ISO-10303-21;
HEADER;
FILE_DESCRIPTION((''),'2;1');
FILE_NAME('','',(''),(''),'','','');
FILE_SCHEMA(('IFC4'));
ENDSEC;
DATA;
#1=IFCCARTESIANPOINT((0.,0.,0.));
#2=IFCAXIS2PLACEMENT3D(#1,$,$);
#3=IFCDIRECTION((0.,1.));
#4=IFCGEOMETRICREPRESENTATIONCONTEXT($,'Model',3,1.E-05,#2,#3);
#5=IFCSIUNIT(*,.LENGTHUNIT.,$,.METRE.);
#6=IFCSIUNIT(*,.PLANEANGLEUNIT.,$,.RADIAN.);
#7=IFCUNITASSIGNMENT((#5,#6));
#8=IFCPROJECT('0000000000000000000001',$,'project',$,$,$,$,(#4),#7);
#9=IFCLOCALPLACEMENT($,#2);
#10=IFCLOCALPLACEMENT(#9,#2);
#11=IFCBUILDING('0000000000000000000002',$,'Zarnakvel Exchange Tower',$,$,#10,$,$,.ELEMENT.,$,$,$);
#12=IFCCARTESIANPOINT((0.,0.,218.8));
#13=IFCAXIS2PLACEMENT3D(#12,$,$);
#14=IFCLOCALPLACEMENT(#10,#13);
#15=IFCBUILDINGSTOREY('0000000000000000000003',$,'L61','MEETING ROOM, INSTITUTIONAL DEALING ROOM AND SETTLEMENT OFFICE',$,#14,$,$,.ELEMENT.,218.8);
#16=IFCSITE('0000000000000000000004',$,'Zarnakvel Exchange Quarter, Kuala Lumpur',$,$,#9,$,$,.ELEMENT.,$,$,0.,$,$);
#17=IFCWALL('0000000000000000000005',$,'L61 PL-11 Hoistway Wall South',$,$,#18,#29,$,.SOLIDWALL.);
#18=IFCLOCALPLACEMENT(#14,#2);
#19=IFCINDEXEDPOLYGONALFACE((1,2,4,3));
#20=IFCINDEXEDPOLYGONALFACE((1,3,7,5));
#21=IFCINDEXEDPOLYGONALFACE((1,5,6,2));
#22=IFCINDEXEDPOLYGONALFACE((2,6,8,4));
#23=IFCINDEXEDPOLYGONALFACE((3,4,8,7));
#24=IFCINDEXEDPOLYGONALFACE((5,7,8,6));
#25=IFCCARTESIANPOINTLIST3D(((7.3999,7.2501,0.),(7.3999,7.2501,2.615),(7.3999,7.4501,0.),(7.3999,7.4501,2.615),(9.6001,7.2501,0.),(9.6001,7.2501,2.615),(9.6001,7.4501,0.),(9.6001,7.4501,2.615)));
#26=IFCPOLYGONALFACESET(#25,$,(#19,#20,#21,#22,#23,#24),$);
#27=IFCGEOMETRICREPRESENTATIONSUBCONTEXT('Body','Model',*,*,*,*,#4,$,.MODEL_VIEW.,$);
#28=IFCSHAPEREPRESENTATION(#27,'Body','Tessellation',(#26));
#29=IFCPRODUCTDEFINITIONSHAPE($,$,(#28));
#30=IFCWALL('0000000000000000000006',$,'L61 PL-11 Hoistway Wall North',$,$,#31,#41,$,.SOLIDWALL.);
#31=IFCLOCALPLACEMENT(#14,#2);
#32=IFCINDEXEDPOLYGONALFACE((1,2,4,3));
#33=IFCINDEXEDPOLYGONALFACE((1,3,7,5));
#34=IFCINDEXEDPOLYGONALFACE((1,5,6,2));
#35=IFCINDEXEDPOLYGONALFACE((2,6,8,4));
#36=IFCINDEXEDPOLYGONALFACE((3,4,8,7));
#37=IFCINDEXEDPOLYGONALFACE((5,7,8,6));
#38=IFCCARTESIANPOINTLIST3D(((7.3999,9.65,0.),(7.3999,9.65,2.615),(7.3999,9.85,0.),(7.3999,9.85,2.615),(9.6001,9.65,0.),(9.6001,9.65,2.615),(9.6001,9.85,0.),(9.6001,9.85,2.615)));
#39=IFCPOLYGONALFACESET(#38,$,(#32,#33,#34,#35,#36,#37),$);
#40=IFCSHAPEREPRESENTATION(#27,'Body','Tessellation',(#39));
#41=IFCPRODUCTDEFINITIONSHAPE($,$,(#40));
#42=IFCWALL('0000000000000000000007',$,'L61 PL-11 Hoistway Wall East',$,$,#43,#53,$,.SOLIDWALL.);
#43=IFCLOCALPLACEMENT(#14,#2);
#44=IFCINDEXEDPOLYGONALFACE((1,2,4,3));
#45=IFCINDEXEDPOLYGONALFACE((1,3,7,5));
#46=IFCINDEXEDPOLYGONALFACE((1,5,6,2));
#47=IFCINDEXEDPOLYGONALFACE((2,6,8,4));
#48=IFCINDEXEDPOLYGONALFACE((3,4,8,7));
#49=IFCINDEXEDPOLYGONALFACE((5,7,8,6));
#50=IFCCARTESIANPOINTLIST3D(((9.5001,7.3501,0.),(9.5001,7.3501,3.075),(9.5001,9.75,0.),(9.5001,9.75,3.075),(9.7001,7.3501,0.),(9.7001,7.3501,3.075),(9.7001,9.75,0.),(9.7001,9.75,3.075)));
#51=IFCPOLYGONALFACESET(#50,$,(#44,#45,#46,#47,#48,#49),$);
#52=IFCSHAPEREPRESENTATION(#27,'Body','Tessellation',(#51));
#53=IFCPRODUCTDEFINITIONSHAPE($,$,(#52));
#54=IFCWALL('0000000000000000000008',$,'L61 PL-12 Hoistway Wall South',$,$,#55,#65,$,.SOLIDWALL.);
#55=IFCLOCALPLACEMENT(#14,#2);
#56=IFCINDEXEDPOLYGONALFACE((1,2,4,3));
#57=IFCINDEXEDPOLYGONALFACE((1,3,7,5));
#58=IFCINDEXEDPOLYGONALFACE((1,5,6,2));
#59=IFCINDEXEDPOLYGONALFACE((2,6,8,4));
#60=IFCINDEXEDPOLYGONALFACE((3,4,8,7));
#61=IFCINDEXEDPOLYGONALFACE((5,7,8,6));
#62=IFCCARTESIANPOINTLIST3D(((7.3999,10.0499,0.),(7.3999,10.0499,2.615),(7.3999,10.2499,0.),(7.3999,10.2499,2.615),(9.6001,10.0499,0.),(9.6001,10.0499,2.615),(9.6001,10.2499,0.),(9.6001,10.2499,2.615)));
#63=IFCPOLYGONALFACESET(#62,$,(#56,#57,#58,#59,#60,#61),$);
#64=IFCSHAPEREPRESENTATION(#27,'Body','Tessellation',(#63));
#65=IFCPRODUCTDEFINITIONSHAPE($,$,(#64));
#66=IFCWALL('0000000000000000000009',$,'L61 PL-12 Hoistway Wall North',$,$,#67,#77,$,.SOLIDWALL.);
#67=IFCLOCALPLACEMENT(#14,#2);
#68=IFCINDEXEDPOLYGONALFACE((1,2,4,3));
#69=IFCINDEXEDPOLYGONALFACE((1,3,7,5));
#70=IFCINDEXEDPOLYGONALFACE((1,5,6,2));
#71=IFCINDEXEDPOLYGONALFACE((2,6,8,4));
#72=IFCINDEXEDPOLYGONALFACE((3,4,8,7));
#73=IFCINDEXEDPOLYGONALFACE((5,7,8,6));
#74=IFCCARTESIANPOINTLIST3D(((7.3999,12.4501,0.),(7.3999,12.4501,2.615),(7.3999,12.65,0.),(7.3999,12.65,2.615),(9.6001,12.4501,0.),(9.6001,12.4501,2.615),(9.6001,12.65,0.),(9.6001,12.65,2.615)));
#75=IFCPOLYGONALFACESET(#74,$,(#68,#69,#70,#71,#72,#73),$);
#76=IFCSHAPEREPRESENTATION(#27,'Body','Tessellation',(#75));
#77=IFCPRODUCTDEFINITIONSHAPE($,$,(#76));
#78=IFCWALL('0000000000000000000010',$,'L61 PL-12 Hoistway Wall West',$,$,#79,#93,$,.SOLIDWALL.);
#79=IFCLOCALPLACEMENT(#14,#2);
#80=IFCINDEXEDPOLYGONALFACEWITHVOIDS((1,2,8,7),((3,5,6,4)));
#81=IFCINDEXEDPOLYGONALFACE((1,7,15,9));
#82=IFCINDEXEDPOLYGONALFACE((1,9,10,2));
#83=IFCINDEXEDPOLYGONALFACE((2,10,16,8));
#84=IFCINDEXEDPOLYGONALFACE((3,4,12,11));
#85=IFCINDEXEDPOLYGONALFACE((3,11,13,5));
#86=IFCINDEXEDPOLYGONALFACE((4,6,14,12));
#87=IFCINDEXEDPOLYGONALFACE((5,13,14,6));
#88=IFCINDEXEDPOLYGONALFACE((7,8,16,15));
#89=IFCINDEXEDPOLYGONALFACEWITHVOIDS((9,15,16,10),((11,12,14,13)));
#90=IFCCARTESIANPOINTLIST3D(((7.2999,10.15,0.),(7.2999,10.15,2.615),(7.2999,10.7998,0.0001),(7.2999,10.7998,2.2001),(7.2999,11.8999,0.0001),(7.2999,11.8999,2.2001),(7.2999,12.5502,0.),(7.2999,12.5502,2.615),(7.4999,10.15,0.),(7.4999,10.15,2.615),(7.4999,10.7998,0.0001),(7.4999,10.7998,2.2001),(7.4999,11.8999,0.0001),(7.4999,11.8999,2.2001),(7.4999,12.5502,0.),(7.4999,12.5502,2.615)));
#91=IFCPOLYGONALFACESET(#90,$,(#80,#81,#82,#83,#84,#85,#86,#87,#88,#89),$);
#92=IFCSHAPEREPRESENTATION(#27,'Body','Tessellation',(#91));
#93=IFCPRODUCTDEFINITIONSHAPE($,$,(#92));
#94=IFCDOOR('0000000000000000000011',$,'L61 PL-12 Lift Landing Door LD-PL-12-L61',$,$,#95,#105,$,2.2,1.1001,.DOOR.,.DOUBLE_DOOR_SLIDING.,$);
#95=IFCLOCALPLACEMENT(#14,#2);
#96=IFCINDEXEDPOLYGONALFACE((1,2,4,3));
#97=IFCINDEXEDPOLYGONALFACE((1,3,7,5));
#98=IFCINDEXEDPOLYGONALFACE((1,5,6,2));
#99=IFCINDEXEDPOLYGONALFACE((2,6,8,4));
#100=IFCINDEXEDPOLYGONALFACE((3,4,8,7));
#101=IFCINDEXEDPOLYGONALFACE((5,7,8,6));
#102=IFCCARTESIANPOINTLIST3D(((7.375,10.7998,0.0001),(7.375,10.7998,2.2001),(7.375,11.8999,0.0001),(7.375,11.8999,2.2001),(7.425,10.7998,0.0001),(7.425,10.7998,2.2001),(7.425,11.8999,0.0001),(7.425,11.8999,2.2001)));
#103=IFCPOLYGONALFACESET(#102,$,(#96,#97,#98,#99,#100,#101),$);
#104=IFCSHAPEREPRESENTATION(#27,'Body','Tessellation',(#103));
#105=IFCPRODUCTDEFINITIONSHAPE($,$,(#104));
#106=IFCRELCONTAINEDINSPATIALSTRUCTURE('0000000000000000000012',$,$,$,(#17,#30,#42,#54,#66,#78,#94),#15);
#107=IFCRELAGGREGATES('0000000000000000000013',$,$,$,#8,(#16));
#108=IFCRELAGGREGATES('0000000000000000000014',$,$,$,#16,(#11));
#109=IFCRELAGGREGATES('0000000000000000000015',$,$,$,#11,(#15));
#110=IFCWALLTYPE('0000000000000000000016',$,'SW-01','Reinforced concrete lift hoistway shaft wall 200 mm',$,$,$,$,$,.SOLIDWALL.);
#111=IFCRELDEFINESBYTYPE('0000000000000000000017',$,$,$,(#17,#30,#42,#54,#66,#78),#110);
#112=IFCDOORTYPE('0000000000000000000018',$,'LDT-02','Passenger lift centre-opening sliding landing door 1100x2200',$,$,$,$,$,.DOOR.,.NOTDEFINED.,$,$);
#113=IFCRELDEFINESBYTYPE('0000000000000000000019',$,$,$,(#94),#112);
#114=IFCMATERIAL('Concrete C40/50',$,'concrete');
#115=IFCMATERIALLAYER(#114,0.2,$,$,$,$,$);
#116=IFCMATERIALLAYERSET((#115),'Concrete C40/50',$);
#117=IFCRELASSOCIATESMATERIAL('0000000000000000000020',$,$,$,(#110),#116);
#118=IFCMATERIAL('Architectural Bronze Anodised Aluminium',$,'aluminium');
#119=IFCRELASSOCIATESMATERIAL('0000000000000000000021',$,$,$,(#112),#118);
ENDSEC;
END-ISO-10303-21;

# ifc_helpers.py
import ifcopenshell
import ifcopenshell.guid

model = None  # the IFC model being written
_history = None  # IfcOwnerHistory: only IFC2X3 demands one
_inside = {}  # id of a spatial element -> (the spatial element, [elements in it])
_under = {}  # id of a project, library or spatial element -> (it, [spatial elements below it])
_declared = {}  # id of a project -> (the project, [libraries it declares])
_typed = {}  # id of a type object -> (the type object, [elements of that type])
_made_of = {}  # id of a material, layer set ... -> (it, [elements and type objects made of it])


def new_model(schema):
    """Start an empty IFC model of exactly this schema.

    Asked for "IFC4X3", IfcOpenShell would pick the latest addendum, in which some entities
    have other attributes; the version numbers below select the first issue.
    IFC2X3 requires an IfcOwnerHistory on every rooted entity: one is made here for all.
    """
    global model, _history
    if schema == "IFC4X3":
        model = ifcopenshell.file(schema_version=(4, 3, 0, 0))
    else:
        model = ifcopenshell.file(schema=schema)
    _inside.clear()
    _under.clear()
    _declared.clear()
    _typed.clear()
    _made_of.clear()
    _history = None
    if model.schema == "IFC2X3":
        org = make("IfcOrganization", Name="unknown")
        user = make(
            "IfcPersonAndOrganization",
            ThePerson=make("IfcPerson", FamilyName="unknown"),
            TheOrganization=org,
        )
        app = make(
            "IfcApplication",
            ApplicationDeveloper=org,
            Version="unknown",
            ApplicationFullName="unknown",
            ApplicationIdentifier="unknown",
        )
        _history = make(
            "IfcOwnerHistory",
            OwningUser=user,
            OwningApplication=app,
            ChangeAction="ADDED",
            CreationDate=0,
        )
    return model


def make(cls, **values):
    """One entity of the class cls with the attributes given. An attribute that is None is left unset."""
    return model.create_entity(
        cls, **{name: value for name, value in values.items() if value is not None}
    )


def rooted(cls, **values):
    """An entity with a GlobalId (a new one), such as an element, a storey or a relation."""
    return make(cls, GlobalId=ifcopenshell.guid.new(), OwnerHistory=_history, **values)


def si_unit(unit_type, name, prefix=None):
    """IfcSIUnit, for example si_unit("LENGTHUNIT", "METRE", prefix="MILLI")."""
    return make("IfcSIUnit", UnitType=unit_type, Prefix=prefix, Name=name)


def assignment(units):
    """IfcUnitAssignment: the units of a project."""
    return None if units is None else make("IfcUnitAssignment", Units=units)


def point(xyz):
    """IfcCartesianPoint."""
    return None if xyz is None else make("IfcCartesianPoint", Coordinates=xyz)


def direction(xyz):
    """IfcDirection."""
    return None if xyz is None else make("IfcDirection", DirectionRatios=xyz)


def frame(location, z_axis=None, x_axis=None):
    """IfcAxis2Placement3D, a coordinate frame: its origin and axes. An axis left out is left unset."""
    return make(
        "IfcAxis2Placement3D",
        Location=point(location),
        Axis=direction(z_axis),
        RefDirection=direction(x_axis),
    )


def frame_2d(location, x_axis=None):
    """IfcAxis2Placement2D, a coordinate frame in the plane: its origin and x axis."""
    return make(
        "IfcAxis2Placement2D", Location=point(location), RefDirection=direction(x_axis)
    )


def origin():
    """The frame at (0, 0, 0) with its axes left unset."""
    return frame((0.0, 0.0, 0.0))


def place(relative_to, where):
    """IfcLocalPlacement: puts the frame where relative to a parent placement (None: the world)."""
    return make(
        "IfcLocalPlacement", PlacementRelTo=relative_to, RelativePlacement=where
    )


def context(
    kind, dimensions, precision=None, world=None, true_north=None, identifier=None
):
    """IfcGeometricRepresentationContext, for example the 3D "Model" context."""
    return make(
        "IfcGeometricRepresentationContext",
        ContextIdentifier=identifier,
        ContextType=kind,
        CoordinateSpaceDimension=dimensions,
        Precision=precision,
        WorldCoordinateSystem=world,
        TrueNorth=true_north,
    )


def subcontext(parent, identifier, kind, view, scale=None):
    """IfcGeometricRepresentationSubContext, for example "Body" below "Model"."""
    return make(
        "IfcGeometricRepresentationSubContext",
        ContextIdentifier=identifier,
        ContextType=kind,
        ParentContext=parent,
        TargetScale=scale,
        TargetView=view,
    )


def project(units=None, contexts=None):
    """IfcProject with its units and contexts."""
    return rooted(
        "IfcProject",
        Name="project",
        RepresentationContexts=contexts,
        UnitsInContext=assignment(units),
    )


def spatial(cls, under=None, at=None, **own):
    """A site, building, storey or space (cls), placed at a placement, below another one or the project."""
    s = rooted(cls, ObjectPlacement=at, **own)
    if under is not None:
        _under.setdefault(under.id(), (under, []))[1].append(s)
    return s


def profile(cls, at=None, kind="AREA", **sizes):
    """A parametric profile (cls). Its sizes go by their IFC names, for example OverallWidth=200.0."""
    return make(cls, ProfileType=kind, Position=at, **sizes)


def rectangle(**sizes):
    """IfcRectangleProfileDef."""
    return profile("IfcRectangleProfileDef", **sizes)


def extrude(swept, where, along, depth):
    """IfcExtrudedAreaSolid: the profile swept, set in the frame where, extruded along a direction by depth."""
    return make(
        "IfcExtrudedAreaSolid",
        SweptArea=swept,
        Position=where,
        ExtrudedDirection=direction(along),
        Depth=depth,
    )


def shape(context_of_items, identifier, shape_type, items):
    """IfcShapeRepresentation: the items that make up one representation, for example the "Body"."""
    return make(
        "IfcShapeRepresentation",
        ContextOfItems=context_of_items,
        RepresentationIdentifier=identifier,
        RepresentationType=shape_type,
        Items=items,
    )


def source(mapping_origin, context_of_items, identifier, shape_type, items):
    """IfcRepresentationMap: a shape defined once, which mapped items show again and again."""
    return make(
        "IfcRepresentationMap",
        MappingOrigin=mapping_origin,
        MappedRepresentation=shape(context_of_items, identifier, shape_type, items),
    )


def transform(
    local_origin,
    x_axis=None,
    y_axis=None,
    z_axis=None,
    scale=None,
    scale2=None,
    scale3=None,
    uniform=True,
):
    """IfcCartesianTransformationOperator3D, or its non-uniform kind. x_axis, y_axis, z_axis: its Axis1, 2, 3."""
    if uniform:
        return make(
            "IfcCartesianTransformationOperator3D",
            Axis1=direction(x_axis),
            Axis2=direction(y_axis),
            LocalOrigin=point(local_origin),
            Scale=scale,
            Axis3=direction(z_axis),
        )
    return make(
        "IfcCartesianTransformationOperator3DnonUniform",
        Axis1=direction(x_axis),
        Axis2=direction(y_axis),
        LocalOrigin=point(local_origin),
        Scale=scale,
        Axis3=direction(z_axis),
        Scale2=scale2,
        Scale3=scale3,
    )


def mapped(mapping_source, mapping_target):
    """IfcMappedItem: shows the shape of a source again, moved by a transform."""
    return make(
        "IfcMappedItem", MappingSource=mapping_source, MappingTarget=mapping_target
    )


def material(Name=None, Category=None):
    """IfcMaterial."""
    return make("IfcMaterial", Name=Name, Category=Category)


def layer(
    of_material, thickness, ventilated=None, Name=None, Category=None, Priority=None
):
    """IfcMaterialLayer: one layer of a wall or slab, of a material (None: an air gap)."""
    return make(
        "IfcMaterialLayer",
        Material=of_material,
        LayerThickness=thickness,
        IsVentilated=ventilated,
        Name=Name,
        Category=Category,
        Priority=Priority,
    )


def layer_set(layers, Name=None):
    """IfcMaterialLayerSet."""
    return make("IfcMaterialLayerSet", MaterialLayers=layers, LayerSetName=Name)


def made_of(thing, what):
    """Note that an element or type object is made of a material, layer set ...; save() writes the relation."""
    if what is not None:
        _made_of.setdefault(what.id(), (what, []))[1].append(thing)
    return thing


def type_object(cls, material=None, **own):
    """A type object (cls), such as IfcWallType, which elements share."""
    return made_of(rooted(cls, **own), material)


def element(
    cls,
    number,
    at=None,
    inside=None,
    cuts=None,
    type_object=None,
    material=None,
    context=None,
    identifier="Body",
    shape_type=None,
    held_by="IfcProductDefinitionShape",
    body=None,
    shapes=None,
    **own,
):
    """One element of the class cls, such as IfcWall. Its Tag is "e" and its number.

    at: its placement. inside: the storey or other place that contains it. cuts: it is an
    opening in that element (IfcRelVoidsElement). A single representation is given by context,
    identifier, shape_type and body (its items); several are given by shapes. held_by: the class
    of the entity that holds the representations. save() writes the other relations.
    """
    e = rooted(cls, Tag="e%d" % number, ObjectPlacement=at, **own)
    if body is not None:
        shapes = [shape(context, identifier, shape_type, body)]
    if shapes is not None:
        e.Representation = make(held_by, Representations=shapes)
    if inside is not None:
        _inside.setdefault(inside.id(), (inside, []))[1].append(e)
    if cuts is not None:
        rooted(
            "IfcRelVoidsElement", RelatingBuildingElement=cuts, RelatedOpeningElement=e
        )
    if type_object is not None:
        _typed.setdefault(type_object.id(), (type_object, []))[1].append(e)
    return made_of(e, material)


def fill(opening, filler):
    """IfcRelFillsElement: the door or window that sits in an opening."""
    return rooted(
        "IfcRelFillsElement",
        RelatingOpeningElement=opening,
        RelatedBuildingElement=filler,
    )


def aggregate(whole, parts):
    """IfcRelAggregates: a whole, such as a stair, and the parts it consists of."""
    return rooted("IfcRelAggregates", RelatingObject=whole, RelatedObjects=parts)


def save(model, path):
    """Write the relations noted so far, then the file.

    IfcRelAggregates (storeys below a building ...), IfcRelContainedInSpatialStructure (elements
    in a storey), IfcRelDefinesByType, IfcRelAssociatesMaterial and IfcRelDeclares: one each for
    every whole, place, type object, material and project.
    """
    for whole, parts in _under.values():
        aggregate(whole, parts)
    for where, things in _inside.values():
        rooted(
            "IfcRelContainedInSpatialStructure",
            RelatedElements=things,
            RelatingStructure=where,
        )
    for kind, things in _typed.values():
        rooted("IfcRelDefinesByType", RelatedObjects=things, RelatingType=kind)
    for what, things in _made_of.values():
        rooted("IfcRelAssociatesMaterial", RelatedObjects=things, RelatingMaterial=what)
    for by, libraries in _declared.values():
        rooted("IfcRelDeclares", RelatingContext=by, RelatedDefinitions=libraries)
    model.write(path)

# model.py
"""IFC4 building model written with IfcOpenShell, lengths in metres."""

from ifc_helpers import new_model, si_unit, direction, frame, frame_2d, origin, place, context, subcontext, project, spatial, rectangle, extrude, source, transform, mapped, material, layer, layer_set, type_object, element, fill, save


model = new_model("IFC4")

# Units and contexts
model_context = context("Model", 3, precision=1e-05, world=origin(), true_north=direction((0.0, 1.0)))
body_context = subcontext(model_context, "Body", "Model", "MODEL_VIEW")
ifc_project = project(units=[si_unit("LENGTHUNIT", "METRE"), si_unit("PLANEANGLEUNIT", "RADIAN")], contexts=[model_context])

# Site, building, storey
site_placement = place(None, origin())
site = spatial("IfcSite", under=ifc_project, at=site_placement, Name="Zarnakvel Exchange Quarter, Kuala Lumpur", CompositionType="ELEMENT", RefElevation=0.0)
building_placement = place(site_placement, origin())
building = spatial("IfcBuilding", under=site, at=building_placement, Name="Zarnakvel Exchange Tower", CompositionType="ELEMENT")
storey_placement = place(building_placement, frame((0.0, 0.0, 218.8)))
storey = spatial("IfcBuildingStorey", under=building, at=storey_placement, Name="L61", Description="MEETING ROOM, INSTITUTIONAL DEALING ROOM AND SETTLEMENT OFFICE", CompositionType="ELEMENT", Elevation=218.8)

# Shared definitions
ifc_material_1 = material(Name="Architectural Bronze Anodised Aluminium", Category="aluminium")

# Walls
ifc_material_2 = material(Name="Concrete C40/50", Category="concrete")
ifc_layer_1 = layer(ifc_material_2, 0.2)
ifc_layer_set_1 = layer_set([ifc_layer_1], Name="Concrete C40/50")
wall_type_1 = type_object("IfcWallType", Name="SW-01", Description="Reinforced concrete lift hoistway shaft wall 200 mm", PredefinedType="SOLIDWALL", material=ifc_layer_set_1)
for number, where, z_axis, x_axis, name in (
    (1, (9.6001, 7.3501, 0.0), (0.0, 0.0, 1.0), (-1.0, 0.0, 0.0), "L61 PL-11 Hoistway Wall South"),
    (2, (7.3999, 9.75, 0.0), (0.0, 0.0, 1.0), (1.0, 0.0, 0.0), "L61 PL-11 Hoistway Wall North"),
):
    element("IfcWall", number, at=place(storey_placement, frame(where, z_axis=z_axis, x_axis=x_axis)), inside=storey, type_object=wall_type_1, Name=name, PredefinedType="SOLIDWALL", context=body_context, shape_type="SweptSolid", body=[
        extrude(rectangle(XDim=2.2002, YDim=0.2, at=frame_2d((1.1001, 0.0))), origin(), (0.0, 0.0, 1.0), 2.615),
    ])
wall_1_placement = place(storey_placement, frame((9.6001, 9.75, 0.0), z_axis=(0.0, 0.0, 1.0), x_axis=(0.0, -1.0, 0.0)))
element("IfcWall", 3, at=wall_1_placement, inside=storey, type_object=wall_type_1, Name="L61 PL-11 Hoistway Wall East", PredefinedType="SOLIDWALL", context=body_context, shape_type="SweptSolid", body=[
    extrude(rectangle(XDim=2.3999, YDim=0.2, at=frame_2d((1.2, 0.0))), origin(), (0.0, 0.0, 1.0), 3.075),
])
for number, where, z_axis, x_axis, name in (
    (4, (9.6001, 10.1499, 0.0), (0.0, 0.0, 1.0), (-1.0, 0.0, 0.0), "L61 PL-12 Hoistway Wall South"),
    (5, (7.3999, 12.55, 0.0), (0.0, 0.0, 1.0), (1.0, 0.0, 0.0), "L61 PL-12 Hoistway Wall North"),
):
    element("IfcWall", number, at=place(storey_placement, frame(where, z_axis=z_axis, x_axis=x_axis)), inside=storey, type_object=wall_type_1, Name=name, PredefinedType="SOLIDWALL", context=body_context, shape_type="SweptSolid", body=[
        extrude(rectangle(XDim=2.2002, YDim=0.2, at=frame_2d((1.1001, 0.0))), origin(), (0.0, 0.0, 1.0), 2.615),
    ])

# Wall, opening, door
wall_2_placement = place(storey_placement, frame((7.3999, 10.1499, 0.0), z_axis=(0.0, 0.0, 1.0), x_axis=(0.0, 1.0, 0.0)))
wall_2 = element("IfcWall", 6, at=wall_2_placement, inside=storey, type_object=wall_type_1, Name="L61 PL-12 Hoistway Wall West", PredefinedType="SOLIDWALL", context=body_context, shape_type="SweptSolid", body=[
    extrude(rectangle(XDim=2.4001, YDim=0.2, at=frame_2d((1.2002, 0.0))), origin(), (0.0, 0.0, 1.0), 2.615),
])
opening_1_placement = place(wall_2_placement, frame((0.6499, 0.0, 0.0)))
opening_1 = element("IfcOpeningElement", 7, at=opening_1_placement, cuts=wall_2, PredefinedType="OPENING", context=body_context, shape_type="SweptSolid", body=[
    extrude(rectangle(XDim=1.1001, YDim=2.2, at=frame_2d((0.55, 1.1001))), frame((0.0, 0.1099, 0.0), z_axis=(0.0, -1.0, 0.0), x_axis=(1.0, 0.0, 0.0)), (0.0, 0.0, 1.0), 0.22),
])
door_type_1 = type_object("IfcDoorType", Name="LDT-02", Description="Passenger lift centre-opening sliding landing door 1100x2200", OperationType="NOTDEFINED", PredefinedType="DOOR", material=ifc_material_1)
shared_shape_1 = source(origin(), body_context, "Body", "SweptSolid", [
    extrude(rectangle(XDim=1.1001, YDim=2.2, at=frame_2d((0.55, 1.1001))), frame((0.0, 0.0249, 0.0), z_axis=(0.0, -1.0, 0.0), x_axis=(1.0, 0.0, 0.0)), (0.0, 0.0, 1.0), 0.05),
])
door_1_placement = place(opening_1_placement, origin())
door_1 = element("IfcDoor", 8, at=door_1_placement, inside=storey, type_object=door_type_1, Name="L61 PL-12 Lift Landing Door LD-PL-12-L61", OperationType="DOUBLE_DOOR_SLIDING", OverallHeight=2.2, OverallWidth=1.1001, PredefinedType="DOOR", context=body_context, shape_type="MappedRepresentation", body=[
    mapped(shared_shape_1, transform((0.0, 0.0, 0.0), x_axis=(1.0, 0.0, 0.0), y_axis=(0.0, 1.0, 0.0), z_axis=(0.0, 0.0, 1.0), scale=1.0)),
])
fill(opening_1, door_1)

save(model, "model.ifc")
